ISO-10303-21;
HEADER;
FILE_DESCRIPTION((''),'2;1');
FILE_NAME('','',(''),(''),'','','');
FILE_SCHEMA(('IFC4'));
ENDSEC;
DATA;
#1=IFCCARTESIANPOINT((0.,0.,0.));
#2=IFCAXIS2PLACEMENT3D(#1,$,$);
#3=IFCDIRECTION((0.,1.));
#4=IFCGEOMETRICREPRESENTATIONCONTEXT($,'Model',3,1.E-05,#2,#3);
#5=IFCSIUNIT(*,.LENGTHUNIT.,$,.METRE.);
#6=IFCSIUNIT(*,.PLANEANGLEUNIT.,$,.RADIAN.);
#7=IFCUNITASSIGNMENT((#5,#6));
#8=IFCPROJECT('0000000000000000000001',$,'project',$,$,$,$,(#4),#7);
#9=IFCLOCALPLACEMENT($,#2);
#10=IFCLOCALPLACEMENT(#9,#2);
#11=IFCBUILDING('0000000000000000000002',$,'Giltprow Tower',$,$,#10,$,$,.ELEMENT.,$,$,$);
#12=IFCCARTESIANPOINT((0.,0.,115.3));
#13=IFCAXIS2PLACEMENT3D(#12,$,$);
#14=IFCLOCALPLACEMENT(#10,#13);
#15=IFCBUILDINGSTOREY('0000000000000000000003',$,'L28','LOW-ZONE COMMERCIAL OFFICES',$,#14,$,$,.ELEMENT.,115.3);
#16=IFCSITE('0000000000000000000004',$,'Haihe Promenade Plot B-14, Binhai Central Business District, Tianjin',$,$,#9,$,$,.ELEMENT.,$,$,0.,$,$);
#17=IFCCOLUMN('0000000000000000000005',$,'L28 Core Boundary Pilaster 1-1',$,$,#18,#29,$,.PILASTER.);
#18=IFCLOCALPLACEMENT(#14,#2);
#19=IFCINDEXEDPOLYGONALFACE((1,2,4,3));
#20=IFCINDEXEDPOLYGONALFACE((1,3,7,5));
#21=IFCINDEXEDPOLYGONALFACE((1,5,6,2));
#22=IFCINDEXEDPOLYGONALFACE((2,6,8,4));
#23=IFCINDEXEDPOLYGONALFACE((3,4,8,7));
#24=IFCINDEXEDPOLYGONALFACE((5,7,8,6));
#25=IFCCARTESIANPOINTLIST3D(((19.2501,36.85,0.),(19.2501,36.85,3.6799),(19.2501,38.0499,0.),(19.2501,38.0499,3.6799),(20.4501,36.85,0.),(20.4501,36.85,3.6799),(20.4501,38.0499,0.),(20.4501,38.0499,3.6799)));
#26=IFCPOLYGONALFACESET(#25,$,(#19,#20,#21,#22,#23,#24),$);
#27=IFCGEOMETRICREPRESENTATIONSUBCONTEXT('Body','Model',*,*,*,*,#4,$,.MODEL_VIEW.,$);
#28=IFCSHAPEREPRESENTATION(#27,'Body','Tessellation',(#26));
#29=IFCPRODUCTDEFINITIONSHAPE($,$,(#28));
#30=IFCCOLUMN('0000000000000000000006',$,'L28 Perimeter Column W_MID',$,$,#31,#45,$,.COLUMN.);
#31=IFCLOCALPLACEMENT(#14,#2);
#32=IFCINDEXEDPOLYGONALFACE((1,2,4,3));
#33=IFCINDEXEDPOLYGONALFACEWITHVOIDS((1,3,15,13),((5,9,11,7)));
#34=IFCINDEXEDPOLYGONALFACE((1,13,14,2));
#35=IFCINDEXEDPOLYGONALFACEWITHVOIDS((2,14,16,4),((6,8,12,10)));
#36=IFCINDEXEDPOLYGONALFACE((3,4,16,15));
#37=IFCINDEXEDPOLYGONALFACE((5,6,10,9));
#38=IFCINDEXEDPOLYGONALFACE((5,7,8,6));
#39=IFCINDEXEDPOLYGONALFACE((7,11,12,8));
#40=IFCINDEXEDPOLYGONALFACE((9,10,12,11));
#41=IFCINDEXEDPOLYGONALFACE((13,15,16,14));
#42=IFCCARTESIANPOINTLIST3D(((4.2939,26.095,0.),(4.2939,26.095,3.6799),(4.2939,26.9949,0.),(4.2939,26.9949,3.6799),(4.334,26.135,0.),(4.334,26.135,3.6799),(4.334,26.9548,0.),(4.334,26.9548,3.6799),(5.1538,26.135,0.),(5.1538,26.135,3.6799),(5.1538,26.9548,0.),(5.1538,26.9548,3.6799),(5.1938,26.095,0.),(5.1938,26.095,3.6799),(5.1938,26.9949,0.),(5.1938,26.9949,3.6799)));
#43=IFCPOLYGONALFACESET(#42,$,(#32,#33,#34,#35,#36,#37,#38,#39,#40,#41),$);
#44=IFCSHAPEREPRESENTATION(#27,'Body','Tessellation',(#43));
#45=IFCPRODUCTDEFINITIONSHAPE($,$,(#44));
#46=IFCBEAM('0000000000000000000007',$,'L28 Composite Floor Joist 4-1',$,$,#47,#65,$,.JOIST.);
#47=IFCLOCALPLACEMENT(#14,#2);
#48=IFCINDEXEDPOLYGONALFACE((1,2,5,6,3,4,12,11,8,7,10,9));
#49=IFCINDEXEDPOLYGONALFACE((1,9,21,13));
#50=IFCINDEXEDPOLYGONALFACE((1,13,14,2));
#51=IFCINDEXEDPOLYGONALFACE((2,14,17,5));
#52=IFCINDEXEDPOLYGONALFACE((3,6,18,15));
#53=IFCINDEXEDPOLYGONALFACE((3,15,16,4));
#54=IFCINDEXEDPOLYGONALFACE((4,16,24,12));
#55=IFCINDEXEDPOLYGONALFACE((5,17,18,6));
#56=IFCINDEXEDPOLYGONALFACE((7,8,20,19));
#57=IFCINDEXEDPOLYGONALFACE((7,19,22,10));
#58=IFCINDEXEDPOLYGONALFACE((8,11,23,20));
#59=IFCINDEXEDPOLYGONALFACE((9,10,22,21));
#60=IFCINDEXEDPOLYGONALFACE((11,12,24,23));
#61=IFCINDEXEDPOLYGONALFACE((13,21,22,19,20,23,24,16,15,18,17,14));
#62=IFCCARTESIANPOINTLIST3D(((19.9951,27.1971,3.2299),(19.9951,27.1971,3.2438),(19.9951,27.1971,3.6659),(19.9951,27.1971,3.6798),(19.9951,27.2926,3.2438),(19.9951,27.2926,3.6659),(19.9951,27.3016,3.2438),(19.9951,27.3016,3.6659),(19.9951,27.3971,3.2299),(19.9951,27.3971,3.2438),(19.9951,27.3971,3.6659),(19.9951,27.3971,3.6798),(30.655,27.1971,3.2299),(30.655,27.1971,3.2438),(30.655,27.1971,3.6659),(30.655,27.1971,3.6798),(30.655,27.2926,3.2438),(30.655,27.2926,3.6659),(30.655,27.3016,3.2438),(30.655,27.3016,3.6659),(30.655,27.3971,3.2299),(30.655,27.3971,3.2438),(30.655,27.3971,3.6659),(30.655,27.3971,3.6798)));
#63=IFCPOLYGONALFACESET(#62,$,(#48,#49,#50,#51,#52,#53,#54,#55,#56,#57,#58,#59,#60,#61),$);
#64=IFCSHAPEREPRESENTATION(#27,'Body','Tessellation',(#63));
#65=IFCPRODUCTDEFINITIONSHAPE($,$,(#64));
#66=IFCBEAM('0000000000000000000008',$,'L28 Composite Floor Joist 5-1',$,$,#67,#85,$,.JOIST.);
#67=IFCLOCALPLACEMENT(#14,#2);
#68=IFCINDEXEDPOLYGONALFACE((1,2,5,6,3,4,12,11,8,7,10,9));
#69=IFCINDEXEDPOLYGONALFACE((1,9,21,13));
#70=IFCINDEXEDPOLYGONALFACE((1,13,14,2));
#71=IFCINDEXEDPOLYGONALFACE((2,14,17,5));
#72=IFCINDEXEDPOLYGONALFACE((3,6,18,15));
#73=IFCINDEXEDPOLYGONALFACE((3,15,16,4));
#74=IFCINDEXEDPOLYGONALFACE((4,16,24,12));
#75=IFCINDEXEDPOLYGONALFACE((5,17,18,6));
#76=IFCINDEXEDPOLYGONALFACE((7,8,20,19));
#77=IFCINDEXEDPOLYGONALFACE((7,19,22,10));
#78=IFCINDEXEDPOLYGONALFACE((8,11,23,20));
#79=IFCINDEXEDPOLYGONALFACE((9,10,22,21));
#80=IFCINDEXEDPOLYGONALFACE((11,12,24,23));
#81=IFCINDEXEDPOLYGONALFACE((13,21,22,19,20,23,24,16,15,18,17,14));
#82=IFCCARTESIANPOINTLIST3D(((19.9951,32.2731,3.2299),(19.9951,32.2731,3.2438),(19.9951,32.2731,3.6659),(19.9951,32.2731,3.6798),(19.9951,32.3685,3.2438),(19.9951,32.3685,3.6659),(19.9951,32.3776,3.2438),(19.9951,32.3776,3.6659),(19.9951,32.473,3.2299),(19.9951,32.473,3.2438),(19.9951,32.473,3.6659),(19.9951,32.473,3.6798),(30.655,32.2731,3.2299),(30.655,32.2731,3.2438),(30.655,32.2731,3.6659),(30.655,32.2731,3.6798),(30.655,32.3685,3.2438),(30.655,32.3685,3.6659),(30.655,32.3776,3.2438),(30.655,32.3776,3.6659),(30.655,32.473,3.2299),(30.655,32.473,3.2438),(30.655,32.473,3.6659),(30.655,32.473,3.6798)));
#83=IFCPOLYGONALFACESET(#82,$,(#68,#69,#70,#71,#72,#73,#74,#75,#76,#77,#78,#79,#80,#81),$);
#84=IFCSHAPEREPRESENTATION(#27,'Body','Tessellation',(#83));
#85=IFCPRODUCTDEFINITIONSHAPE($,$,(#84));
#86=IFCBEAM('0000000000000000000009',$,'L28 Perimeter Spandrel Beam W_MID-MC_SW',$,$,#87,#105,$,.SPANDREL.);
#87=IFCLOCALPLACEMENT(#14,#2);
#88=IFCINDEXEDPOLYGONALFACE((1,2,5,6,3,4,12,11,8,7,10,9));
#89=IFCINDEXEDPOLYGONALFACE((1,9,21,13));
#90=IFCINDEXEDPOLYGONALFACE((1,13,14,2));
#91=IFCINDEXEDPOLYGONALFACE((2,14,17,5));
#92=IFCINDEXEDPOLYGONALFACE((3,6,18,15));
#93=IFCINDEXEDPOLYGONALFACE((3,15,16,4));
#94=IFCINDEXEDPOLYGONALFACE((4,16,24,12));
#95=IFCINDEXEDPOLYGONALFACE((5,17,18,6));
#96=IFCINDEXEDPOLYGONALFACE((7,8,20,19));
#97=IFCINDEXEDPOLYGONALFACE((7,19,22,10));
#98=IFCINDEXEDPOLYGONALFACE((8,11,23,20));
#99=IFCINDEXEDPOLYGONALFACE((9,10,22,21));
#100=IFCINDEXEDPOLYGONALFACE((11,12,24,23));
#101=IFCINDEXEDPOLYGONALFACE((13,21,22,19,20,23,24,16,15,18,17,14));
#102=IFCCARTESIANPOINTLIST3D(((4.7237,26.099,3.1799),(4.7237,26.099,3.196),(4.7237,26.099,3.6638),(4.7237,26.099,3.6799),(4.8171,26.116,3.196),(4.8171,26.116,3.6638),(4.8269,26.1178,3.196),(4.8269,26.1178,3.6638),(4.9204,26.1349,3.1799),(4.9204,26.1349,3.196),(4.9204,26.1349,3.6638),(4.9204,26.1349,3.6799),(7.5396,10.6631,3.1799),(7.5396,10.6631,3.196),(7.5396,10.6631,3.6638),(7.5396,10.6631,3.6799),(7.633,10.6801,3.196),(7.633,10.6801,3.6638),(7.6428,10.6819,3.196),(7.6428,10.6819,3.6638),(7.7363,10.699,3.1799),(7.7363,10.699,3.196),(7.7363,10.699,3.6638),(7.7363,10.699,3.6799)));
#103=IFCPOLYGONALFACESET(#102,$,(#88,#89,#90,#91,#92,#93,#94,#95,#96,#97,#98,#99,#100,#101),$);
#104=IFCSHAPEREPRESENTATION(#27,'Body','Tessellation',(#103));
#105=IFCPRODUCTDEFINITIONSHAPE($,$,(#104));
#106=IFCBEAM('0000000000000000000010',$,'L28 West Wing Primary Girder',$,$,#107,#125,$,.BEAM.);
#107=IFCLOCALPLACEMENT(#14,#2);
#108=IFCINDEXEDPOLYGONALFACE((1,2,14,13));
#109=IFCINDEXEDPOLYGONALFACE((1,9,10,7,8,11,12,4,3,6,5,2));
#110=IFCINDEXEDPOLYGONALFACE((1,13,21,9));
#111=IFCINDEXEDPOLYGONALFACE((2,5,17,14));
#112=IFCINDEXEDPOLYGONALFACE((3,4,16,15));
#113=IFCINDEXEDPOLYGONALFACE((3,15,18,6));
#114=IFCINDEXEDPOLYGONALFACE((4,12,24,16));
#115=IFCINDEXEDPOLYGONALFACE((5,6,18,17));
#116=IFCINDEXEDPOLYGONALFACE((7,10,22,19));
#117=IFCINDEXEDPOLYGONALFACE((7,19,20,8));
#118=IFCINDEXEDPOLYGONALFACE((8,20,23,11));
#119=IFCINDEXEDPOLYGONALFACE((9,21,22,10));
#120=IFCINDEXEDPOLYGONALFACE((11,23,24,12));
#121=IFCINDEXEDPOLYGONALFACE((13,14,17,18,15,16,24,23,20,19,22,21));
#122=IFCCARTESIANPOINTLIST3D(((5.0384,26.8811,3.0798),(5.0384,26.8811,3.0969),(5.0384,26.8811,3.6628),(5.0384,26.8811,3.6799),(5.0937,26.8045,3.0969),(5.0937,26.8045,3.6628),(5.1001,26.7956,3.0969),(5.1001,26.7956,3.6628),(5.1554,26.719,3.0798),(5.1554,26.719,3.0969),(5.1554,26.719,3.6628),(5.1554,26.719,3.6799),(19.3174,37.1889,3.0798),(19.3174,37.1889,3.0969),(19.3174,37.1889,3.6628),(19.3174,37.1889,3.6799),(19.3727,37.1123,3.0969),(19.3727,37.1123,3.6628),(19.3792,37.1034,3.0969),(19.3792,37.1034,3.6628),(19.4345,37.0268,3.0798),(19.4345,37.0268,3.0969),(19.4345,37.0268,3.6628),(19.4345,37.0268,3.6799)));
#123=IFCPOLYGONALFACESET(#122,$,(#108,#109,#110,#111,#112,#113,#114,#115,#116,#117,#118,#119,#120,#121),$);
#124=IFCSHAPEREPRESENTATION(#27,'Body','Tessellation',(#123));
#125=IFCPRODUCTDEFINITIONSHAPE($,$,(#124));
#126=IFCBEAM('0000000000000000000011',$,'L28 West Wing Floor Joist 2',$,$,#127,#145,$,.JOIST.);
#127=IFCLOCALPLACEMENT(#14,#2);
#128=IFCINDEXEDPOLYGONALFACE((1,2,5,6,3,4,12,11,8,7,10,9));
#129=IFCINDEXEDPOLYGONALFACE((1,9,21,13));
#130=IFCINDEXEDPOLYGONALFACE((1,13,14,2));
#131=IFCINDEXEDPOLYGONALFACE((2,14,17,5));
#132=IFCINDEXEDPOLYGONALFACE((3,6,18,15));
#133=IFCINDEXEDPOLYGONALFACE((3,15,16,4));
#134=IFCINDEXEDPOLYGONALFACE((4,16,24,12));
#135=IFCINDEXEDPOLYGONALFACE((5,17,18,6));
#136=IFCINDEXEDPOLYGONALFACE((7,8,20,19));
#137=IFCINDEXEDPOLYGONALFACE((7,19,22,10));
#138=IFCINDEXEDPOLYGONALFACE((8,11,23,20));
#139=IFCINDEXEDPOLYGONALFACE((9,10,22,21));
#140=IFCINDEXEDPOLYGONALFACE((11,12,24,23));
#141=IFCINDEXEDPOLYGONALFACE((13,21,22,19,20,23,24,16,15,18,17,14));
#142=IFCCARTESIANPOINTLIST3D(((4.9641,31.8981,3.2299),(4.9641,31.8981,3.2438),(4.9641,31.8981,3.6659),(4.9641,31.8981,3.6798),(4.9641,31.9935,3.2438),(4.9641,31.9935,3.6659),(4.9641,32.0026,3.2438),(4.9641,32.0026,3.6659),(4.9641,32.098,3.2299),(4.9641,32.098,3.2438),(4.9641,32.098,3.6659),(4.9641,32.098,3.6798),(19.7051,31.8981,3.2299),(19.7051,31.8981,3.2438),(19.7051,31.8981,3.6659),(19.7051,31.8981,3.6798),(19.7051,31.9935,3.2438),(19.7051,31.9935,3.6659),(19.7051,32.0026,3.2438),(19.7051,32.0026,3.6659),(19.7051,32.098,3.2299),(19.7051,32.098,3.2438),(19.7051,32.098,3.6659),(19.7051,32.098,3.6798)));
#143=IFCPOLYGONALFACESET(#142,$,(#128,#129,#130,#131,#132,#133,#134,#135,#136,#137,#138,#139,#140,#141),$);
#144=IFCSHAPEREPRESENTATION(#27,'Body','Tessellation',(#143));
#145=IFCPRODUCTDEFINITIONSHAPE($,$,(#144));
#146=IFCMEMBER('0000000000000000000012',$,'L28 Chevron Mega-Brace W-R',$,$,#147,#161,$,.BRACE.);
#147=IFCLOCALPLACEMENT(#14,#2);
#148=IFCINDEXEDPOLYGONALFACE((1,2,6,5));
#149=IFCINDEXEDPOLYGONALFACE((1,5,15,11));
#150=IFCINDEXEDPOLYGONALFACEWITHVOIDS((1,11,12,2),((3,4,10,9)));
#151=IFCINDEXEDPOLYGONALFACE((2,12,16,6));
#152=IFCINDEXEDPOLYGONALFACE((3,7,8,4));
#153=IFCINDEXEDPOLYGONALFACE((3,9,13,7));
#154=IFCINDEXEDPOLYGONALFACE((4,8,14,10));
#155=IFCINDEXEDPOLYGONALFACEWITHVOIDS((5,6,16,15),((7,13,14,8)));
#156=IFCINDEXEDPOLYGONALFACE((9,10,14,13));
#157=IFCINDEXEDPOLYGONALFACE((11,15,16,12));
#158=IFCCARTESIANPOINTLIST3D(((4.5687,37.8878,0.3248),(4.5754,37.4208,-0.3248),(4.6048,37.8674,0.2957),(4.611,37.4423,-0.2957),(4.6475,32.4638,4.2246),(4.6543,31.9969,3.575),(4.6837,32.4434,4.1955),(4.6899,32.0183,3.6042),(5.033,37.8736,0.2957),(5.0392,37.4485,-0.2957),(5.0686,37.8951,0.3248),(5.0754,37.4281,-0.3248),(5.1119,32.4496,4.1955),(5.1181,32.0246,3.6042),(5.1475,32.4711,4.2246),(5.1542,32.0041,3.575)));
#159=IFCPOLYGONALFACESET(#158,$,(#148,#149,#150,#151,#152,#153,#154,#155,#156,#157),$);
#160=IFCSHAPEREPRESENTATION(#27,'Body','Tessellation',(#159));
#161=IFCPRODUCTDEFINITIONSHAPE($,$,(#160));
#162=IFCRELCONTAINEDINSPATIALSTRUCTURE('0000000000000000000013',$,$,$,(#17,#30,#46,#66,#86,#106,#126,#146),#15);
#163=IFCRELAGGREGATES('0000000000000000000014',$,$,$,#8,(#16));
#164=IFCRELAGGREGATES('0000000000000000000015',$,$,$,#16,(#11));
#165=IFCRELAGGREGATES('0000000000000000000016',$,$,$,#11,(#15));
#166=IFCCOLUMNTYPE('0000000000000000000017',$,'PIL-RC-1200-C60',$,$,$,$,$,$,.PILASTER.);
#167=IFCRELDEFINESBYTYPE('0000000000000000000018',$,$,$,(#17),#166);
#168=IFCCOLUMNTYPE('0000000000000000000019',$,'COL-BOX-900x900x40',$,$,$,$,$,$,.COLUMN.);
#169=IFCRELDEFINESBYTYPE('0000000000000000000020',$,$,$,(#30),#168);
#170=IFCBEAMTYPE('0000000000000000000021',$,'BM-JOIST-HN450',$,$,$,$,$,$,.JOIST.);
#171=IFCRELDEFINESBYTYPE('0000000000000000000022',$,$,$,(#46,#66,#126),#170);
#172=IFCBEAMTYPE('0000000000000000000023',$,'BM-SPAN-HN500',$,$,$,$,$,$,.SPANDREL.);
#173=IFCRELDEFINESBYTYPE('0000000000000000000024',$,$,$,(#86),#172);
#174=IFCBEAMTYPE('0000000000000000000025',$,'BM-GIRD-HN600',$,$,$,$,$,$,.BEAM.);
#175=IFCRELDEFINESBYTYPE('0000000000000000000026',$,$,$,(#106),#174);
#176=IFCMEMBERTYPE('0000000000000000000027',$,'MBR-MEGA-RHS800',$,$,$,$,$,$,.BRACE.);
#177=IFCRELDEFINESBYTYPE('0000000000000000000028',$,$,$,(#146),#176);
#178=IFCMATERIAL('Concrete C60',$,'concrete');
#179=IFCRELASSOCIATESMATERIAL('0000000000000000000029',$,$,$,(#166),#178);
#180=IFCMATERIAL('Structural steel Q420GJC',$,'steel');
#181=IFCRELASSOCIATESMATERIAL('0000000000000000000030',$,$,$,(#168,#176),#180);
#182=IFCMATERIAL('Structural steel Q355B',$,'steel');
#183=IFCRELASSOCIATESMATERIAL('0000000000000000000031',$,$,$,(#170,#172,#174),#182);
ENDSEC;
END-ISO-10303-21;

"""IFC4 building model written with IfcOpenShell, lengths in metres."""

from ifc_helpers import new_model, si_unit, direction, frame, origin, origin_2d, place, context, subcontext, project, spatial, rectangle, hollow_rectangle, i_section, extrude, source, transform, mapped, material, material_profile, profile_set, type_object, element, save


model = new_model("IFC4")

# Units and contexts
model_context = context("Model", 3, precision=1e-05, world=origin(), true_north=direction((0.0, 1.0)))
body_context = subcontext(model_context, "Body", "Model", "MODEL_VIEW")
ifc_project = project(units=[si_unit("LENGTHUNIT", "METRE"), si_unit("PLANEANGLEUNIT", "RADIAN")], contexts=[model_context])

# Site, building, storey
site_placement = place(None, origin())
site = spatial("IfcSite", under=ifc_project, at=site_placement, Name="Haihe Promenade Plot B-14, Binhai Central Business District, Tianjin", CompositionType="ELEMENT", RefElevation=0.0)
building_placement = place(site_placement, origin())
building = spatial("IfcBuilding", under=site, at=building_placement, Name="Giltprow Tower", CompositionType="ELEMENT")
storey_placement = place(building_placement, frame((0.0, 0.0, 115.3)))
storey = spatial("IfcBuildingStorey", under=building, at=storey_placement, Name="L28", Description="LOW-ZONE COMMERCIAL OFFICES", CompositionType="ELEMENT", Elevation=115.3)

# Columns
ifc_material_1 = material(Name="Concrete C60", Category="concrete")
ifc_material_profile_1 = material_profile(ifc_material_1, rectangle(XDim=1.2, YDim=1.2, at=origin_2d()), Name="RC 1200x1200")
ifc_profile_set_1 = profile_set([ifc_material_profile_1], Name="Concrete C60")
column_type_1 = type_object("IfcColumnType", Name="PIL-RC-1200-C60", PredefinedType="PILASTER", material=ifc_profile_set_1)
shared_shape_1 = source(origin(), body_context, "Body", "SweptSolid", [
    extrude(rectangle(XDim=1.2, YDim=1.2, at=origin_2d()), origin(), (0.0, 0.0, 1.0), 3.6799),
])
column_1_placement = place(storey_placement, frame((19.8501, 37.45, 0.0), z_axis=(0.0, 0.0, 1.0), x_axis=(1.0, 0.0, 0.0)))
element("IfcColumn", 1, at=column_1_placement, inside=storey, type_object=column_type_1, Name="L28 Core Boundary Pilaster 1-1", PredefinedType="PILASTER", context=body_context, shape_type="MappedRepresentation", body=[
    mapped(shared_shape_1, transform((0.0, 0.0, 0.0), x_axis=(1.0, 0.0, 0.0), y_axis=(0.0, 1.0, 0.0), z_axis=(0.0, 0.0, 1.0), scale=1.0)),
])
ifc_material_2 = material(Name="Structural steel Q420GJC", Category="steel")
ifc_material_profile_2 = material_profile(ifc_material_2, hollow_rectangle(XDim=0.8999, YDim=0.8999, WallThickness=0.04, at=origin_2d()), Name="BOX 900x900x40")
ifc_profile_set_2 = profile_set([ifc_material_profile_2], Name="Structural steel Q420GJC")
column_type_2 = type_object("IfcColumnType", Name="COL-BOX-900x900x40", PredefinedType="COLUMN", material=ifc_profile_set_2)
shared_shape_2 = source(origin(), body_context, "Body", "SweptSolid", [
    extrude(hollow_rectangle(XDim=0.8999, YDim=0.8999, WallThickness=0.04, at=origin_2d()), origin(), (0.0, 0.0, 1.0), 3.6799),
])
column_2_placement = place(storey_placement, frame((4.7439, 26.5449, 0.0), z_axis=(0.0, 0.0, 1.0), x_axis=(1.0, 0.0, 0.0)))
element("IfcColumn", 2, at=column_2_placement, inside=storey, type_object=column_type_2, Name="L28 Perimeter Column W_MID", PredefinedType="COLUMN", context=body_context, shape_type="MappedRepresentation", body=[
    mapped(shared_shape_2, transform((0.0, 0.0, 0.0), x_axis=(1.0, 0.0, 0.0), y_axis=(0.0, 1.0, 0.0), z_axis=(0.0, 0.0, 1.0), scale=1.0)),
])

# Beams
ifc_material_3 = material(Name="Structural steel Q355B", Category="steel")
ifc_material_profile_3 = material_profile(ifc_material_3, i_section(OverallWidth=0.2, OverallDepth=0.45, WebThickness=0.009, FlangeThickness=0.0139, at=origin_2d()), Name="HN 450x200x9x14")
ifc_profile_set_3 = profile_set([ifc_material_profile_3], Name="Structural steel Q355B")
beam_type_1 = type_object("IfcBeamType", Name="BM-JOIST-HN450", PredefinedType="JOIST", material=ifc_profile_set_3)
shared_shape_3 = source(origin(), body_context, "Body", "SweptSolid", [
    extrude(i_section(OverallWidth=0.2, OverallDepth=0.45, WebThickness=0.009, FlangeThickness=0.0139, at=origin_2d()), origin(), (0.0, 0.0, 1.0), 10.6599),
])
for number, where, z_axis, x_axis, name in (
    (3, (19.9951, 27.2971, 3.4548), (1.0, 0.0, 0.0), (0.0, 1.0, 0.0), "L28 Composite Floor Joist 4-1"),
    (4, (19.9951, 32.373, 3.4548), (1.0, 0.0, 0.0), (0.0, 1.0, 0.0), "L28 Composite Floor Joist 5-1"),
):
    element("IfcBeam", number, at=place(storey_placement, frame(where, z_axis=z_axis, x_axis=x_axis)), inside=storey, type_object=beam_type_1, Name=name, PredefinedType="JOIST", context=body_context, shape_type="MappedRepresentation", body=[
        mapped(shared_shape_3, transform((0.0, 0.0, 0.0), x_axis=(1.0, 0.0, 0.0), y_axis=(0.0, 1.0, 0.0), z_axis=(0.0, 0.0, 1.0), scale=1.0)),
    ])
ifc_material_profile_4 = material_profile(ifc_material_3, i_section(OverallWidth=0.2, OverallDepth=0.5, WebThickness=0.01, FlangeThickness=0.0161, at=origin_2d()), Name="HN 500x200x10x16")
ifc_profile_set_4 = profile_set([ifc_material_profile_4], Name="Structural steel Q355B")
beam_type_2 = type_object("IfcBeamType", Name="BM-SPAN-HN500", PredefinedType="SPANDREL", material=ifc_profile_set_4)
shared_shape_4 = source(origin(), body_context, "Body", "SweptSolid", [
    extrude(i_section(OverallWidth=0.2, OverallDepth=0.5, WebThickness=0.01, FlangeThickness=0.0161, at=origin_2d()), origin(), (0.0, 0.0, 1.0), 15.6907),
])
beam_1_placement = place(storey_placement, frame((4.822, 26.1169, 3.4299), z_axis=(0.179463, -0.983765, 0.0), x_axis=(0.983765, 0.179463, 0.0)))
element("IfcBeam", 5, at=beam_1_placement, inside=storey, type_object=beam_type_2, Name="L28 Perimeter Spandrel Beam W_MID-MC_SW", PredefinedType="SPANDREL", context=body_context, shape_type="MappedRepresentation", body=[
    mapped(shared_shape_4, transform((0.0, 0.0, 0.0), x_axis=(1.0, 0.0, 0.0), y_axis=(0.0, 1.0, 0.0), z_axis=(0.0, 0.0, 1.0), scale=1.0)),
])
ifc_material_profile_5 = material_profile(ifc_material_3, i_section(OverallWidth=0.2, OverallDepth=0.6001, WebThickness=0.011, FlangeThickness=0.0171, at=origin_2d()), Name="HN 600x200x11x17")
ifc_profile_set_5 = profile_set([ifc_material_profile_5], Name="Structural steel Q355B")
beam_type_3 = type_object("IfcBeamType", Name="BM-GIRD-HN600", PredefinedType="BEAM", material=ifc_profile_set_5)
shared_shape_5 = source(origin(), body_context, "Body", "SweptSolid", [
    extrude(i_section(OverallWidth=0.2, OverallDepth=0.6001, WebThickness=0.011, FlangeThickness=0.0171, at=origin_2d()), origin(), (0.0, 0.0, 1.0), 17.6108),
])
beam_2_placement = place(storey_placement, frame((5.0969, 26.8, 3.3799), z_axis=(0.810808, 0.585312, 0.0), x_axis=(-0.585312, 0.810808, 0.0)))
element("IfcBeam", 6, at=beam_2_placement, inside=storey, type_object=beam_type_3, Name="L28 West Wing Primary Girder", PredefinedType="BEAM", context=body_context, shape_type="MappedRepresentation", body=[
    mapped(shared_shape_5, transform((0.0, 0.0, 0.0), x_axis=(1.0, 0.0, 0.0), y_axis=(0.0, 1.0, 0.0), z_axis=(0.0, 0.0, 1.0), scale=1.0)),
])
shared_shape_6 = source(origin(), body_context, "Body", "SweptSolid", [
    extrude(i_section(OverallWidth=0.2, OverallDepth=0.45, WebThickness=0.009, FlangeThickness=0.0139, at=origin_2d()), origin(), (0.0, 0.0, 1.0), 14.741),
])
beam_3_placement = place(storey_placement, frame((4.9641, 31.998, 3.4548), z_axis=(1.0, 0.0, 0.0), x_axis=(0.0, 1.0, 0.0)))
element("IfcBeam", 7, at=beam_3_placement, inside=storey, type_object=beam_type_1, Name="L28 West Wing Floor Joist 2", PredefinedType="JOIST", context=body_context, shape_type="MappedRepresentation", body=[
    mapped(shared_shape_6, transform((0.0, 0.0, 0.0), x_axis=(1.0, 0.0, 0.0), y_axis=(0.0, 1.0, 0.0), z_axis=(0.0, 0.0, 1.0), scale=1.0)),
])

# Member
ifc_material_profile_6 = material_profile(ifc_material_2, hollow_rectangle(XDim=0.5, YDim=0.8, WallThickness=0.0359, at=origin_2d()), Name="RHS 800x500x36")
ifc_profile_set_6 = profile_set([ifc_material_profile_6], Name="Structural steel Q420GJC")
member_type = type_object("IfcMemberType", Name="MBR-MEGA-RHS800", PredefinedType="BRACE", material=ifc_profile_set_6)
shared_shape_7 = source(origin(), body_context, "Body", "SweptSolid", [
    extrude(hollow_rectangle(XDim=0.5, YDim=0.8, WallThickness=0.0359, at=origin_2d()), origin(), (0.0, 0.0, 1.0), 6.6809),
])
member_placement = place(storey_placement, frame((4.822, 37.658, 0.0), z_axis=(0.011803, -0.811863, 0.583729), x_axis=(0.999894, 0.014537, 0.0)))
element("IfcMember", 8, at=member_placement, inside=storey, type_object=member_type, Name="L28 Chevron Mega-Brace W-R", PredefinedType="BRACE", context=body_context, shape_type="MappedRepresentation", body=[
    mapped(shared_shape_7, transform((0.0, 0.0, 0.0), x_axis=(1.0, 0.0, 0.0), y_axis=(0.0, 1.0, 0.0), z_axis=(0.0, 0.0, 1.0), scale=1.0)),
])

save(model, "model.ifc")
